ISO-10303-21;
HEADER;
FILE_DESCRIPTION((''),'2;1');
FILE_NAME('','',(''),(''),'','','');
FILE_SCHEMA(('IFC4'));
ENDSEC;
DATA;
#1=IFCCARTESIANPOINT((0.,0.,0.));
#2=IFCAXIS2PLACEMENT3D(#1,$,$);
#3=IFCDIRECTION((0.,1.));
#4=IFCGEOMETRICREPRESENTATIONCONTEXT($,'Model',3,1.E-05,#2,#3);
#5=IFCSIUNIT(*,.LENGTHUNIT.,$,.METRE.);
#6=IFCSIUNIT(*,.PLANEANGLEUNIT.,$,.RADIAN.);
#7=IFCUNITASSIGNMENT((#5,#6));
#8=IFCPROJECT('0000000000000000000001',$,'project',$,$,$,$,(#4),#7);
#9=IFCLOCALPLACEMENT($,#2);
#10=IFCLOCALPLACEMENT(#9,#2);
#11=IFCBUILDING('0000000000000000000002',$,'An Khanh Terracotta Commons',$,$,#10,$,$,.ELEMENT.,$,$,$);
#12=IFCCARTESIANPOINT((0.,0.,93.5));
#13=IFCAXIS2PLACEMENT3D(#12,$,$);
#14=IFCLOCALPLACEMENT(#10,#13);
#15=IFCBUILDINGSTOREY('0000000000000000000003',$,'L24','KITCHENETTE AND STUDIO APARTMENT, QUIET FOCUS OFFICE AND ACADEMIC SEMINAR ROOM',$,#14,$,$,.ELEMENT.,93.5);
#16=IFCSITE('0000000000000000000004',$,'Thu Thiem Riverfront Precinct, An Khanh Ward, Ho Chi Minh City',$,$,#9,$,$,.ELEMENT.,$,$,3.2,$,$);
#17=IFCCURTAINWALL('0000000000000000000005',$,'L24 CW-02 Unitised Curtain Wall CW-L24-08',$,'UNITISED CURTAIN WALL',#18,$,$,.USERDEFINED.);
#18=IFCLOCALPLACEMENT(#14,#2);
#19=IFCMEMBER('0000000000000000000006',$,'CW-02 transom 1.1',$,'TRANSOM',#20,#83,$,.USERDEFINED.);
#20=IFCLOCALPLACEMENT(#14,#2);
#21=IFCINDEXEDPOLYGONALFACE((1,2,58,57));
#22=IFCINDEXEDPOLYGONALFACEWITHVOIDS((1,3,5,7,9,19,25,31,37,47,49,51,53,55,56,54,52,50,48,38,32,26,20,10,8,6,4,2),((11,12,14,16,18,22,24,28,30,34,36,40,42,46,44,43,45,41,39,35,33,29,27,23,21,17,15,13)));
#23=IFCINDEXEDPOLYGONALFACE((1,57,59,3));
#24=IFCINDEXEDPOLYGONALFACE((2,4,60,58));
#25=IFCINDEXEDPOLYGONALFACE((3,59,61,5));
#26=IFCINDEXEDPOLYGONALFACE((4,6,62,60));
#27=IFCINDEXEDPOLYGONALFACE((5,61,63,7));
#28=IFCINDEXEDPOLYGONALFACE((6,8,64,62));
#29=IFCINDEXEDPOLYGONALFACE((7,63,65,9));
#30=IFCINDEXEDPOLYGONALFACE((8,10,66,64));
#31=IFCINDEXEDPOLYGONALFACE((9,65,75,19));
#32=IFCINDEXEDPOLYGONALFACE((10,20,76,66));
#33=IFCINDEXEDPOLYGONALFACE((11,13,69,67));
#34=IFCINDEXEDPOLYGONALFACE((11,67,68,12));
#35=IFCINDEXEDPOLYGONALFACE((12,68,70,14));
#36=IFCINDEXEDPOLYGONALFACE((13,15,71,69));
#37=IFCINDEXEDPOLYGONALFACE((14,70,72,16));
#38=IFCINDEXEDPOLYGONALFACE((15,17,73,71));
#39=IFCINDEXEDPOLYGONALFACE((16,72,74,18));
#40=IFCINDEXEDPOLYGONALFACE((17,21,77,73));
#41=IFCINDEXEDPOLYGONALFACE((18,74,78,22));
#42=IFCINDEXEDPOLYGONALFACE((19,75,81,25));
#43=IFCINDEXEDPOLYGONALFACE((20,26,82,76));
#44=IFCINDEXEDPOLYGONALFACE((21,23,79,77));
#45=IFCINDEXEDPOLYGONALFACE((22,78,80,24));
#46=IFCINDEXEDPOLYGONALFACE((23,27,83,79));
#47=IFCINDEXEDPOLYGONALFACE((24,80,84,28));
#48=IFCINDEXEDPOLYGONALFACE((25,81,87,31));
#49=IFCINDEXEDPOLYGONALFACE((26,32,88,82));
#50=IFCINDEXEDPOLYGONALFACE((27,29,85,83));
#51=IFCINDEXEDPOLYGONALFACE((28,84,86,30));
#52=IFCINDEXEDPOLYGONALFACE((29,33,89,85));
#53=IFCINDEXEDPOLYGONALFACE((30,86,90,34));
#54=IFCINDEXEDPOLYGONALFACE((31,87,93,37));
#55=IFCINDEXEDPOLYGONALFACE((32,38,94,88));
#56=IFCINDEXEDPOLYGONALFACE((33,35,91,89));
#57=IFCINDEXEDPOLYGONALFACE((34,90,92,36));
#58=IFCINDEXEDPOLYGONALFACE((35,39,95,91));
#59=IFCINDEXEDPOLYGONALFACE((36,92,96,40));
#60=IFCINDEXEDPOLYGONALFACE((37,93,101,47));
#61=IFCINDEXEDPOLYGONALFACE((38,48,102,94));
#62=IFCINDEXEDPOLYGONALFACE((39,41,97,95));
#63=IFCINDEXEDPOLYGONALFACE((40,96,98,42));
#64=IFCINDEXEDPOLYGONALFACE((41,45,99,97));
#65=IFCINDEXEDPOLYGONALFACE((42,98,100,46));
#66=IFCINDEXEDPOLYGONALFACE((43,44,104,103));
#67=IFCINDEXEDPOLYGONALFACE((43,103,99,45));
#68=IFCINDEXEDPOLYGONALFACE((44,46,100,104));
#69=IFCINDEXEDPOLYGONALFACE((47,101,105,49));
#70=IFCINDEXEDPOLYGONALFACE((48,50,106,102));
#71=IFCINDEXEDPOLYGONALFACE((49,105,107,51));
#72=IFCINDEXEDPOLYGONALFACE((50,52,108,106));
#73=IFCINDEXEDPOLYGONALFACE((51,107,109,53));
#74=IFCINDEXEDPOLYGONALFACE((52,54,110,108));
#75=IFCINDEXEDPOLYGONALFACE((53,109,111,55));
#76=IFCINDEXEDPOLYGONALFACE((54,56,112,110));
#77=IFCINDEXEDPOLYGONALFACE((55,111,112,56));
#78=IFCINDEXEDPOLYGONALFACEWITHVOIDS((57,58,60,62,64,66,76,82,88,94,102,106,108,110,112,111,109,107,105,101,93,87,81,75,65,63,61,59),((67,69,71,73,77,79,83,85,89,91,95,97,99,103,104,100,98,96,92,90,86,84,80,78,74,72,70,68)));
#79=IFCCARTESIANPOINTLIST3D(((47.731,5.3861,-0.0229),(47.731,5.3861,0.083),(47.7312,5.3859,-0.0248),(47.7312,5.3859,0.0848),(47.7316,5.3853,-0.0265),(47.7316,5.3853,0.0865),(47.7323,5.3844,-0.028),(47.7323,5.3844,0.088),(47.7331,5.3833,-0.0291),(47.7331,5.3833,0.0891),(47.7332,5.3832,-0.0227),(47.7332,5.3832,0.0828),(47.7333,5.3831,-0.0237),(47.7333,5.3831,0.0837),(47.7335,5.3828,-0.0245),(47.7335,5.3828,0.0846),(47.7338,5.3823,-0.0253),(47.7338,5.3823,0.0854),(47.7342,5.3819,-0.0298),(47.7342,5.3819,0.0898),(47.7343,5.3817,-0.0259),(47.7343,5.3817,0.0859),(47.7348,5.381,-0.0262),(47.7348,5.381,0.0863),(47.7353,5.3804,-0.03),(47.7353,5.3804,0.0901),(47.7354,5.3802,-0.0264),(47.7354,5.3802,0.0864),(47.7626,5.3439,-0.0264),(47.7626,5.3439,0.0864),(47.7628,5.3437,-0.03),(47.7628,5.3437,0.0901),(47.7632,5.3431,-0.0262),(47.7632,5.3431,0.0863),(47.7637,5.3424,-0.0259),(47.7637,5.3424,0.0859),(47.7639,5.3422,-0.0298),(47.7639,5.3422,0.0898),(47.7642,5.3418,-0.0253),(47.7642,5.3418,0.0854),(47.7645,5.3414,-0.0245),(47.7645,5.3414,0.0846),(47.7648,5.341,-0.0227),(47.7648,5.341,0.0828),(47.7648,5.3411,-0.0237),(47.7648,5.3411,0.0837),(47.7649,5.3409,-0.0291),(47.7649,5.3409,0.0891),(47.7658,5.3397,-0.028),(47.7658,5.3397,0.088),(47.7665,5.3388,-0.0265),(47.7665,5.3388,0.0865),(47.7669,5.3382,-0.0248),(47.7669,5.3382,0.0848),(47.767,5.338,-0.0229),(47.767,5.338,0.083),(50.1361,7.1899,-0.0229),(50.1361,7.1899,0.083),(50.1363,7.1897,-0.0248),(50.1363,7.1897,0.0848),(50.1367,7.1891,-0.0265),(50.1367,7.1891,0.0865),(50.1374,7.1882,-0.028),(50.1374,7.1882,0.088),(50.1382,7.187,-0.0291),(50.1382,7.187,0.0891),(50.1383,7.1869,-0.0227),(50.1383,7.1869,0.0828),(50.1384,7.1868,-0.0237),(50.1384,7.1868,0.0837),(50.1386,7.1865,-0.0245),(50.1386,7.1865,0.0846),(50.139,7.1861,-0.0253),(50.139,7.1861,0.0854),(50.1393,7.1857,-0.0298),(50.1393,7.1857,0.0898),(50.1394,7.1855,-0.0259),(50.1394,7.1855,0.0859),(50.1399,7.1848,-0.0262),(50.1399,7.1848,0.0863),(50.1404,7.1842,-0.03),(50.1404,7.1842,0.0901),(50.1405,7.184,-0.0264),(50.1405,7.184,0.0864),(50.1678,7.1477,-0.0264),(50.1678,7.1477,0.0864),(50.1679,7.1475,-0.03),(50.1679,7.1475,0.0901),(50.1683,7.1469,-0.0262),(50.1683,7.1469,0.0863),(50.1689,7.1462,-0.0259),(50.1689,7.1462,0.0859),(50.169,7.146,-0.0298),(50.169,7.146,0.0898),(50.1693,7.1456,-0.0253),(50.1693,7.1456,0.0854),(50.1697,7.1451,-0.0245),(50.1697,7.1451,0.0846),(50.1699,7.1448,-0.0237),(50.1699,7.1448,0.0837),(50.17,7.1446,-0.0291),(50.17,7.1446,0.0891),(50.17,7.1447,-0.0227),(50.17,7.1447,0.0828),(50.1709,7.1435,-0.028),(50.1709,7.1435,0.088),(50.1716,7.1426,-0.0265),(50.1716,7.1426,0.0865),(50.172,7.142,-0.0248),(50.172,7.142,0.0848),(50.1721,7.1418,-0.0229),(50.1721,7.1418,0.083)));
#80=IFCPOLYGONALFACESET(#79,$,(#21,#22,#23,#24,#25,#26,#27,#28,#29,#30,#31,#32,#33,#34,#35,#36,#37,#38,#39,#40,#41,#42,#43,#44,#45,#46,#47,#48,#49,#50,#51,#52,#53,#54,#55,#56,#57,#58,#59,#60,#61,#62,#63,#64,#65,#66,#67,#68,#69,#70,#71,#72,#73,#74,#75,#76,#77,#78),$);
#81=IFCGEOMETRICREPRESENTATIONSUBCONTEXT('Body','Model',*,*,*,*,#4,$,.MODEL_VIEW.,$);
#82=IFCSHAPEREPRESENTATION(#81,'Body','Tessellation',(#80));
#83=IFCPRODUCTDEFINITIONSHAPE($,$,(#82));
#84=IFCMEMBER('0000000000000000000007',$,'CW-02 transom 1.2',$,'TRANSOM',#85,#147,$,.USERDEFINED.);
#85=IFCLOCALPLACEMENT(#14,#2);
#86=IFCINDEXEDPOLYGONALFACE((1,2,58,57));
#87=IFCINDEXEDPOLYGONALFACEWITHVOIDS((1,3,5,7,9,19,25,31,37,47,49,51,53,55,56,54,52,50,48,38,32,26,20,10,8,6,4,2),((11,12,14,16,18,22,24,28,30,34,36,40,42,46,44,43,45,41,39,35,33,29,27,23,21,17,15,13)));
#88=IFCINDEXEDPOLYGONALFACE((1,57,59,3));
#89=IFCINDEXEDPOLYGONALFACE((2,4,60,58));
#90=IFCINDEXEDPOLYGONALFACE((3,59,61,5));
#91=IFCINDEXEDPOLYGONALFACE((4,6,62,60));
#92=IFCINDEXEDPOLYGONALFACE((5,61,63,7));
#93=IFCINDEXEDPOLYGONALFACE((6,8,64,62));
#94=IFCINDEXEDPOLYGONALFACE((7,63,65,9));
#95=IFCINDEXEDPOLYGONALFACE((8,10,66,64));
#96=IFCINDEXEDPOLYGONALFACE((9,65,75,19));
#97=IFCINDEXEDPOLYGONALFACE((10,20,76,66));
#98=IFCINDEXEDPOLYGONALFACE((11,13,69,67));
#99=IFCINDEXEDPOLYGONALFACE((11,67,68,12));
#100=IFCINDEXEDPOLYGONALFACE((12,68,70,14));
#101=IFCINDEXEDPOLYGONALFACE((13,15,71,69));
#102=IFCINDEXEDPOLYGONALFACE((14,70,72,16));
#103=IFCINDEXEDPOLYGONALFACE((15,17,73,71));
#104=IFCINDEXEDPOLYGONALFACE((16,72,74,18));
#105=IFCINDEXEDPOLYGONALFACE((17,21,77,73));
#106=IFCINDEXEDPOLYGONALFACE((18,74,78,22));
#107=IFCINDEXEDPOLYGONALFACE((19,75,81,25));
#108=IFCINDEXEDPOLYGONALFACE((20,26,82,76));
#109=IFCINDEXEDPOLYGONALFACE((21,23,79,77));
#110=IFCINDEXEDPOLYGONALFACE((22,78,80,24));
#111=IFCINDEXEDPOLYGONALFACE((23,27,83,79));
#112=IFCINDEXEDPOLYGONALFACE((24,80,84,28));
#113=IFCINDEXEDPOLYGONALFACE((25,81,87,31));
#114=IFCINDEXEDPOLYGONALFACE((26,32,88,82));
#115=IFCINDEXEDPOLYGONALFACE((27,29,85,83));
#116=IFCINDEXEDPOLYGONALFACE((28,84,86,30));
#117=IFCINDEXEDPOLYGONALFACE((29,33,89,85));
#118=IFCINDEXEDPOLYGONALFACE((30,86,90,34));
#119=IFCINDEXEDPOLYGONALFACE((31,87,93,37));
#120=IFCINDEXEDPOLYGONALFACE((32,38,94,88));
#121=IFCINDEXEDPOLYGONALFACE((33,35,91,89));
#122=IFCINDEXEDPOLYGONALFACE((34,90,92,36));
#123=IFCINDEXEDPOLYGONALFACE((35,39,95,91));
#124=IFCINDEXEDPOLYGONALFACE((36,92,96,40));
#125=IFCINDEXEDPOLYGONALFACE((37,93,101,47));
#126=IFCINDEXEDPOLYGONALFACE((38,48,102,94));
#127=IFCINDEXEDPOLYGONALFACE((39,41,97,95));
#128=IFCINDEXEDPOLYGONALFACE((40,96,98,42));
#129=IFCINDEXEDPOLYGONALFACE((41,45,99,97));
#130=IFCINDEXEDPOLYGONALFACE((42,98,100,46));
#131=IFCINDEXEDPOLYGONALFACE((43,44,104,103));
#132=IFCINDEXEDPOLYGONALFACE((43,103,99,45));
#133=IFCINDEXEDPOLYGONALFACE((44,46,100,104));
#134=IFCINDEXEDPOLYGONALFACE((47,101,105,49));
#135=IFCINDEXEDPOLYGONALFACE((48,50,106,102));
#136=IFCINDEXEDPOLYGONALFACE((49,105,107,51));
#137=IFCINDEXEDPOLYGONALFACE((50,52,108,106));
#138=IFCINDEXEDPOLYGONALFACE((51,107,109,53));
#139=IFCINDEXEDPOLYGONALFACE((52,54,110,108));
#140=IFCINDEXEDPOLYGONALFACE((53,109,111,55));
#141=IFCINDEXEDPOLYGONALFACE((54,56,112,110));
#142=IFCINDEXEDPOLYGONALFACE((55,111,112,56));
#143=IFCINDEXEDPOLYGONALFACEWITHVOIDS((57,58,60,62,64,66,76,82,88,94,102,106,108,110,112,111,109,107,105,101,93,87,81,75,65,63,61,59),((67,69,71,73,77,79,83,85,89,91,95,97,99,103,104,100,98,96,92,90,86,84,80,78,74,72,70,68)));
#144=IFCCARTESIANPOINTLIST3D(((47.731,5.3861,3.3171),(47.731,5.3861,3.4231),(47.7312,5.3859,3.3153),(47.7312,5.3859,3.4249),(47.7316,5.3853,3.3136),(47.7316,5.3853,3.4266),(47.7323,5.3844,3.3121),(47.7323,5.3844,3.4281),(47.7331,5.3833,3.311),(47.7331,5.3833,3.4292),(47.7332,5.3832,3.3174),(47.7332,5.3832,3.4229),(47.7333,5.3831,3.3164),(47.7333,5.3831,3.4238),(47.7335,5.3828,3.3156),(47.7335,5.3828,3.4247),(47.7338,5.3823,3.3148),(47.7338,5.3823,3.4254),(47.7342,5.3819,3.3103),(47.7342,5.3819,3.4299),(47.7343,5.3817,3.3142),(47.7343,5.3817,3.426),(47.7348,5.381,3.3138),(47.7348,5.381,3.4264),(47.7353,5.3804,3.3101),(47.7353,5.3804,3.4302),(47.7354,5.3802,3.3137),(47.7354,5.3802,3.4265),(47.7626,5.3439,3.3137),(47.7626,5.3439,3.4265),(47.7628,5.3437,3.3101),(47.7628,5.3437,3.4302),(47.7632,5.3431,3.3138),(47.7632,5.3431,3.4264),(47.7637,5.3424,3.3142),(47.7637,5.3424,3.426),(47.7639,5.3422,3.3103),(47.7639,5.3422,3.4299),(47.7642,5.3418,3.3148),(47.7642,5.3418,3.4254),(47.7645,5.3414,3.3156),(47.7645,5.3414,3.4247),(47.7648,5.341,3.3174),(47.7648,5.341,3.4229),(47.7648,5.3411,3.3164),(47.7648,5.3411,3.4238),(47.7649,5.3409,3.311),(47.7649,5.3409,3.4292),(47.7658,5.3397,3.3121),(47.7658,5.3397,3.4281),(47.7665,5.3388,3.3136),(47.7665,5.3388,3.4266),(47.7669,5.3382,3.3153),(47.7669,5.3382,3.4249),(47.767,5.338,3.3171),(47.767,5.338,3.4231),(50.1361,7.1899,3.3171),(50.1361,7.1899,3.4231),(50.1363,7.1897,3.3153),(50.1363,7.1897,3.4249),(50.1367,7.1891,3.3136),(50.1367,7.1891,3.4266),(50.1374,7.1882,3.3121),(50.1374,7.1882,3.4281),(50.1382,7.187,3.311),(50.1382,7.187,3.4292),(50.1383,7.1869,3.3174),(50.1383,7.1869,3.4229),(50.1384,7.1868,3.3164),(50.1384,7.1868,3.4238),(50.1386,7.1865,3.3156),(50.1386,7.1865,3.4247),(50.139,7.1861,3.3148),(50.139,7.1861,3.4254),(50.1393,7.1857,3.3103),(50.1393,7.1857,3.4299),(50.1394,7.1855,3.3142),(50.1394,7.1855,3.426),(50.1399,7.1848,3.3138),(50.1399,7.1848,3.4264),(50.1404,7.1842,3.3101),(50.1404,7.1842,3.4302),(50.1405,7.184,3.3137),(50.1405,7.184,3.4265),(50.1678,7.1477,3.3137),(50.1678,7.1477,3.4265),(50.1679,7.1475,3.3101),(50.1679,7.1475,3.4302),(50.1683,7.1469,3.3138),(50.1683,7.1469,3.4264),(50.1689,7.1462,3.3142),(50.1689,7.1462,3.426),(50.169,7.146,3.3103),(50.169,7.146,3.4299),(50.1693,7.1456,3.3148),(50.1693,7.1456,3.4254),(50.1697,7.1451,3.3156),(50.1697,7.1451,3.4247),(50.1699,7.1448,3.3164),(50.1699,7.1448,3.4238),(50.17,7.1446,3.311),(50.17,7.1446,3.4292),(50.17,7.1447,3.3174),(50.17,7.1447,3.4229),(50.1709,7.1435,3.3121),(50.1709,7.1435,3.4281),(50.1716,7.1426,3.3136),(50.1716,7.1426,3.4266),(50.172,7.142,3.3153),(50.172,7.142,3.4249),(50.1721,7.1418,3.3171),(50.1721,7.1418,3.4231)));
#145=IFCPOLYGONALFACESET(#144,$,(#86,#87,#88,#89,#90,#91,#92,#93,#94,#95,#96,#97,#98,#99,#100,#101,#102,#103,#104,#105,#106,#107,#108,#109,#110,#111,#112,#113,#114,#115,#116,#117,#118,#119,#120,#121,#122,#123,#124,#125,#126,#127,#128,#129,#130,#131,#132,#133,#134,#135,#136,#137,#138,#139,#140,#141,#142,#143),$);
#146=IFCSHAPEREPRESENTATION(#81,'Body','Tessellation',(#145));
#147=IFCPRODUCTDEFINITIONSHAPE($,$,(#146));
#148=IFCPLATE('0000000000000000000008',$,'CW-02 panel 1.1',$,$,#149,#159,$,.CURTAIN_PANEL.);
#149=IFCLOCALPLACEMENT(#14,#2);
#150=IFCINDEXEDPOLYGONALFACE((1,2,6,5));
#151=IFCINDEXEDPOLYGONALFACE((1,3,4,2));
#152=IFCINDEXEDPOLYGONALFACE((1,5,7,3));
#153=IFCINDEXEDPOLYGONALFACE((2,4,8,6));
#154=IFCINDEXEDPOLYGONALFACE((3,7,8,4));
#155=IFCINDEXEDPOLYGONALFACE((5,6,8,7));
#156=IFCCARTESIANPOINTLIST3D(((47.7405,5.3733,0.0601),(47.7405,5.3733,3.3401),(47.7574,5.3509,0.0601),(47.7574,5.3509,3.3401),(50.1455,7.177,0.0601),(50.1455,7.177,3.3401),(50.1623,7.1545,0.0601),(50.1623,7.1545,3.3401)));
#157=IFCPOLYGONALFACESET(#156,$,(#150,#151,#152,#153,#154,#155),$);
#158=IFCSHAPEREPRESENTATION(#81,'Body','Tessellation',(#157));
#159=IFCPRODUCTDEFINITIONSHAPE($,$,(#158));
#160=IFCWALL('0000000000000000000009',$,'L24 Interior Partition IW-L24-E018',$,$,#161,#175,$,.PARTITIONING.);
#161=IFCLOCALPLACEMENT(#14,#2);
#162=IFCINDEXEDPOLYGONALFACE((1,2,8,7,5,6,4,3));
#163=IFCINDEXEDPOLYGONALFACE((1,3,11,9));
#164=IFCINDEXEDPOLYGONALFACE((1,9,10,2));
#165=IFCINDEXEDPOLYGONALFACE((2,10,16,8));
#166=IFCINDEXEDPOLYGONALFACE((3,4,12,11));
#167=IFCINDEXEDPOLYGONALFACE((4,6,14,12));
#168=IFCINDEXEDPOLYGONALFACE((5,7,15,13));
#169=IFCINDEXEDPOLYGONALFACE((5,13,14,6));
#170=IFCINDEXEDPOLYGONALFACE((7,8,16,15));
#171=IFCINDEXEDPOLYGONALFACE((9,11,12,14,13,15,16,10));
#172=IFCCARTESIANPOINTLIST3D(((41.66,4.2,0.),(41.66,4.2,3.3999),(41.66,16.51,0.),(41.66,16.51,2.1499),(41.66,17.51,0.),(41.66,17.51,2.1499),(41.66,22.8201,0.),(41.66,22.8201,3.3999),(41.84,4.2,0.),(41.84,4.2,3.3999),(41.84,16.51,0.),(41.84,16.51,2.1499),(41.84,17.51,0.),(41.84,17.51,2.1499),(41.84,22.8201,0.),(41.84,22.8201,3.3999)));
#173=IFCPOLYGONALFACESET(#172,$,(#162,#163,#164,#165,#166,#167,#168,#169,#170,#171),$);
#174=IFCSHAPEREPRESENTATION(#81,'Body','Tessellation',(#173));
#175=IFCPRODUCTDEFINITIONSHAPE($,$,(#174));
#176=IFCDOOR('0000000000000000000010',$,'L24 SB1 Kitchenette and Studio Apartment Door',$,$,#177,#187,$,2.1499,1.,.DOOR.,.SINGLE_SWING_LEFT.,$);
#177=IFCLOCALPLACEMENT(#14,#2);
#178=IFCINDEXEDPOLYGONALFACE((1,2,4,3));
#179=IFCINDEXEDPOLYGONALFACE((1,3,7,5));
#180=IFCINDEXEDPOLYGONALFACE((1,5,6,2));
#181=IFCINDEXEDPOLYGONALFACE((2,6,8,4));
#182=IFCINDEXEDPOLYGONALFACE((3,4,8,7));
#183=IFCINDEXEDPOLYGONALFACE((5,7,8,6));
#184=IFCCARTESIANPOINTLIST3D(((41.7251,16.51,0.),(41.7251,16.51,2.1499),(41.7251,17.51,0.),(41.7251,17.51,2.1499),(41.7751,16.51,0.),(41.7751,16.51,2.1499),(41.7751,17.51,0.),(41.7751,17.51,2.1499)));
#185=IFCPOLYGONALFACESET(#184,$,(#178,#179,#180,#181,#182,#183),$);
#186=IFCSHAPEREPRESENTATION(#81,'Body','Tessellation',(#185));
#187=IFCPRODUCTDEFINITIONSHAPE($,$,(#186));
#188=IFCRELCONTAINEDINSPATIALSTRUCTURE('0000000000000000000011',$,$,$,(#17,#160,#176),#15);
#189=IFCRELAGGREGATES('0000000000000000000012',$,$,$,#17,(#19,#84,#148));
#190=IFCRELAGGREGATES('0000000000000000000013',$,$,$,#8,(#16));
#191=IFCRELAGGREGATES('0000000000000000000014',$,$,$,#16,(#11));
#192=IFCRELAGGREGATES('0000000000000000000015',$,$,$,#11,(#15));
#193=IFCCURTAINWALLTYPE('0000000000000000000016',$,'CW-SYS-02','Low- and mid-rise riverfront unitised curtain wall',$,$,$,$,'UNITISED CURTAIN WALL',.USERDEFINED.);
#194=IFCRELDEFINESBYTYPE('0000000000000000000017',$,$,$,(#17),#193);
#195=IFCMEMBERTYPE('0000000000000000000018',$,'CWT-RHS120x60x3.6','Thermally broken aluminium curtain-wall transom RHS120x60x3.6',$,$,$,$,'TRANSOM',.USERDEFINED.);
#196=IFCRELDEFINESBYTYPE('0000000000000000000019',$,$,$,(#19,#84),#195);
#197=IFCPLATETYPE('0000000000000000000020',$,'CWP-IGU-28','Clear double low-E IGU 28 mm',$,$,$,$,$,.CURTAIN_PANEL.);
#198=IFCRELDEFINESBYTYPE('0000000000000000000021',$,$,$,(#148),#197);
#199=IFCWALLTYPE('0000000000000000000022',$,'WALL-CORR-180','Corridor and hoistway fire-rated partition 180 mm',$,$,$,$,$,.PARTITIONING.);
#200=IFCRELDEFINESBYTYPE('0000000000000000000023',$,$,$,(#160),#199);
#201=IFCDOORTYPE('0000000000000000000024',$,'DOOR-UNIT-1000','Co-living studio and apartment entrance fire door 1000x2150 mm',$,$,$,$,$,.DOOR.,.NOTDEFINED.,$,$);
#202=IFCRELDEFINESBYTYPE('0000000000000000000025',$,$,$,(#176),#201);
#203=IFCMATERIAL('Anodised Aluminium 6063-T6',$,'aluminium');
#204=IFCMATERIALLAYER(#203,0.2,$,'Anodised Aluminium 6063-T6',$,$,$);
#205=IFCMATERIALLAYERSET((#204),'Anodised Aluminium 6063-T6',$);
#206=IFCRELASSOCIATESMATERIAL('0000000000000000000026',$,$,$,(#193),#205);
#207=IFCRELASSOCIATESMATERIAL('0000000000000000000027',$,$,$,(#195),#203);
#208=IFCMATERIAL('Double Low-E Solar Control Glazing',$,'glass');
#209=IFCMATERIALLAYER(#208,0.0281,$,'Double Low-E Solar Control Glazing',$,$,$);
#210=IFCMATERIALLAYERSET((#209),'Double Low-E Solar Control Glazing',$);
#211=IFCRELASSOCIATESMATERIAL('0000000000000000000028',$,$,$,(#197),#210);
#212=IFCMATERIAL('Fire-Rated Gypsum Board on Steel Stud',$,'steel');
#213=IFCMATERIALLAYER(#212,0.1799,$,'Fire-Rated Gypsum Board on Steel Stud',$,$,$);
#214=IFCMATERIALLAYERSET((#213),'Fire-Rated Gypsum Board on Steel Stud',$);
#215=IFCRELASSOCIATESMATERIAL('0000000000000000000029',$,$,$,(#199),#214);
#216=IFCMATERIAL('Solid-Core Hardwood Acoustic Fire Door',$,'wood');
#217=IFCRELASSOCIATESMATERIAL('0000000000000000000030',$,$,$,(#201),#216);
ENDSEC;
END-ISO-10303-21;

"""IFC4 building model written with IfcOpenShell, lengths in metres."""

from ifc_helpers import new_model, si_unit, direction, frame, frame_2d, origin, origin_2d, place, context, subcontext, project, spatial, rectangle, hollow_rectangle, extrude, material, layer, layer_set, material_profile, profile_set, type_object, element, fill, aggregate, save


model = new_model("IFC4")

# Units and contexts
model_context = context("Model", 3, precision=1e-05, world=origin(), true_north=direction((0.0, 1.0)))
body_context = subcontext(model_context, "Body", "Model", "MODEL_VIEW")
ifc_project = project(units=[si_unit("LENGTHUNIT", "METRE"), si_unit("PLANEANGLEUNIT", "RADIAN")], contexts=[model_context])

# Site, building, storey
site_placement = place(None, origin())
site = spatial("IfcSite", under=ifc_project, at=site_placement, Name="Thu Thiem Riverfront Precinct, An Khanh Ward, Ho Chi Minh City", CompositionType="ELEMENT", RefElevation=3.2)
building_placement = place(site_placement, origin())
building = spatial("IfcBuilding", under=site, at=building_placement, Name="An Khanh Terracotta Commons", CompositionType="ELEMENT")
storey_placement = place(building_placement, frame((0.0, 0.0, 93.5)))
storey = spatial("IfcBuildingStorey", under=building, at=storey_placement, Name="L24", Description="KITCHENETTE AND STUDIO APARTMENT, QUIET FOCUS OFFICE AND ACADEMIC SEMINAR ROOM", CompositionType="ELEMENT", Elevation=93.5)

# Curtain wall, members, plate
ifc_material_1 = material(Name="Anodised Aluminium 6063-T6", Category="aluminium")
ifc_layer_1 = layer(ifc_material_1, 0.2, Name="Anodised Aluminium 6063-T6")
ifc_layer_set_1 = layer_set([ifc_layer_1], Name="Anodised Aluminium 6063-T6")
curtain_wall_type = type_object("IfcCurtainWallType", Name="CW-SYS-02", Description="Low- and mid-rise riverfront unitised curtain wall", ElementType="UNITISED CURTAIN WALL", PredefinedType="USERDEFINED", material=ifc_layer_set_1)
curtain_wall_placement = place(storey_placement, origin())
curtain_wall = element("IfcCurtainWall", 1, at=curtain_wall_placement, inside=storey, type_object=curtain_wall_type, Name="L24 CW-02 Unitised Curtain Wall CW-L24-08", ObjectType="UNITISED CURTAIN WALL", PredefinedType="USERDEFINED")
ifc_material_profile_1 = material_profile(ifc_material_1, hollow_rectangle(XDim=0.0601, YDim=0.1201, WallThickness=0.0037, InnerFilletRadius=0.0037, OuterFilletRadius=0.0071, at=origin_2d()), Name="RHS120x60x3.6")
ifc_profile_set_1 = profile_set([ifc_material_profile_1], Name="Anodised Aluminium 6063-T6")
member_type_1 = type_object("IfcMemberType", Name="CWT-RHS120x60x3.6", Description="Thermally broken aluminium curtain-wall transom RHS120x60x3.6", ElementType="TRANSOM", PredefinedType="USERDEFINED", material=ifc_profile_set_1)
member_1_placement = place(storey_placement, frame((47.749, 5.3621, 0.03), z_axis=(0.80001, 0.599987, 0.0), x_axis=(-0.599987, 0.80001, 0.0)))
member_1 = element("IfcMember", 2, at=member_1_placement, type_object=member_type_1, Name="CW-02 transom 1.1", ObjectType="TRANSOM", PredefinedType="USERDEFINED", context=body_context, shape_type="SweptSolid", body=[
    extrude(hollow_rectangle(XDim=0.0601, YDim=0.1201, WallThickness=0.0037, InnerFilletRadius=0.0037, OuterFilletRadius=0.0071, at=origin_2d()), origin(), (0.0, 0.0, 1.0), 3.0063),
])
member_2_placement = place(storey_placement, frame((47.749, 5.3621, 3.3701), z_axis=(0.80001, 0.599987, 0.0), x_axis=(-0.599987, 0.80001, 0.0)))
member_2 = element("IfcMember", 3, at=member_2_placement, type_object=member_type_1, Name="CW-02 transom 1.2", ObjectType="TRANSOM", PredefinedType="USERDEFINED", context=body_context, shape_type="SweptSolid", body=[
    extrude(hollow_rectangle(XDim=0.0601, YDim=0.1201, WallThickness=0.0037, InnerFilletRadius=0.0037, OuterFilletRadius=0.0071, at=origin_2d()), origin(), (0.0, 0.0, 1.0), 3.0063),
])
ifc_material_2 = material(Name="Double Low-E Solar Control Glazing", Category="glass")
ifc_layer_2 = layer(ifc_material_2, 0.0281, Name="Double Low-E Solar Control Glazing")
ifc_layer_set_2 = layer_set([ifc_layer_2], Name="Double Low-E Solar Control Glazing")
plate_type = type_object("IfcPlateType", Name="CWP-IGU-28", Description="Clear double low-E IGU 28 mm", PredefinedType="CURTAIN_PANEL", material=ifc_layer_set_2)
plate_placement = place(storey_placement, frame((48.9514, 6.2639, 0.0601), z_axis=(0.0, 0.0, 1.0), x_axis=(0.800013, 0.599983, 0.0)))
plate = element("IfcPlate", 4, at=plate_placement, type_object=plate_type, Name="CW-02 panel 1.1", PredefinedType="CURTAIN_PANEL", context=body_context, shape_type="SweptSolid", body=[
    extrude(rectangle(XDim=3.0061, YDim=0.0281, at=origin_2d()), origin(), (0.0, 0.0, 1.0), 3.28),
])
aggregate(curtain_wall, [member_1, member_2, plate])

# Wall, opening, door
ifc_material_3 = material(Name="Fire-Rated Gypsum Board on Steel Stud", Category="steel")
ifc_layer_3 = layer(ifc_material_3, 0.1799, Name="Fire-Rated Gypsum Board on Steel Stud")
ifc_layer_set_3 = layer_set([ifc_layer_3], Name="Fire-Rated Gypsum Board on Steel Stud")
wall_type_1 = type_object("IfcWallType", Name="WALL-CORR-180", Description="Corridor and hoistway fire-rated partition 180 mm", PredefinedType="PARTITIONING", material=ifc_layer_set_3)
wall_1_placement = place(storey_placement, frame((41.75, 4.2, 0.0), z_axis=(0.0, 0.0, 1.0), x_axis=(0.0, 1.0, 0.0)))
wall_1 = element("IfcWall", 5, at=wall_1_placement, inside=storey, type_object=wall_type_1, Name="L24 Interior Partition IW-L24-E018", PredefinedType="PARTITIONING", context=body_context, shape_type="SweptSolid", body=[
    extrude(rectangle(XDim=18.6201, YDim=0.1799, at=frame_2d((9.3101, 0.0))), origin(), (0.0, 0.0, 1.0), 3.3999),
])
opening_placement = place(wall_1_placement, frame((12.3101, 0.0, 0.0)))
opening = element("IfcOpeningElement", 6, at=opening_placement, cuts=wall_1, PredefinedType="OPENING", context=body_context, shape_type="SweptSolid", body=[
    extrude(rectangle(XDim=1.0, YDim=2.1499, at=frame_2d((0.5, 1.075))), frame((0.0, 0.0999, 0.0), z_axis=(0.0, -1.0, 0.0), x_axis=(1.0, 0.0, 0.0)), (0.0, 0.0, 1.0), 0.2),
])
ifc_material_4 = material(Name="Solid-Core Hardwood Acoustic Fire Door", Category="wood")
door_type = type_object("IfcDoorType", Name="DOOR-UNIT-1000", Description="Co-living studio and apartment entrance fire door 1000x2150 mm", OperationType="NOTDEFINED", PredefinedType="DOOR", material=ifc_material_4)
door_placement = place(opening_placement, origin())
door = element("IfcDoor", 7, at=door_placement, inside=storey, type_object=door_type, Name="L24 SB1 Kitchenette and Studio Apartment Door", OperationType="SINGLE_SWING_LEFT", OverallHeight=2.1499, OverallWidth=1.0, PredefinedType="DOOR", context=body_context, shape_type="SweptSolid", body=[
    extrude(rectangle(XDim=1.0, YDim=2.1499, at=frame_2d((0.5, 1.075))), frame((0.0, 0.0249, 0.0), z_axis=(0.0, -1.0, 0.0), x_axis=(1.0, 0.0, 0.0)), (0.0, 0.0, 1.0), 0.05),
])
fill(opening, door)

save(model, "model.ifc")
